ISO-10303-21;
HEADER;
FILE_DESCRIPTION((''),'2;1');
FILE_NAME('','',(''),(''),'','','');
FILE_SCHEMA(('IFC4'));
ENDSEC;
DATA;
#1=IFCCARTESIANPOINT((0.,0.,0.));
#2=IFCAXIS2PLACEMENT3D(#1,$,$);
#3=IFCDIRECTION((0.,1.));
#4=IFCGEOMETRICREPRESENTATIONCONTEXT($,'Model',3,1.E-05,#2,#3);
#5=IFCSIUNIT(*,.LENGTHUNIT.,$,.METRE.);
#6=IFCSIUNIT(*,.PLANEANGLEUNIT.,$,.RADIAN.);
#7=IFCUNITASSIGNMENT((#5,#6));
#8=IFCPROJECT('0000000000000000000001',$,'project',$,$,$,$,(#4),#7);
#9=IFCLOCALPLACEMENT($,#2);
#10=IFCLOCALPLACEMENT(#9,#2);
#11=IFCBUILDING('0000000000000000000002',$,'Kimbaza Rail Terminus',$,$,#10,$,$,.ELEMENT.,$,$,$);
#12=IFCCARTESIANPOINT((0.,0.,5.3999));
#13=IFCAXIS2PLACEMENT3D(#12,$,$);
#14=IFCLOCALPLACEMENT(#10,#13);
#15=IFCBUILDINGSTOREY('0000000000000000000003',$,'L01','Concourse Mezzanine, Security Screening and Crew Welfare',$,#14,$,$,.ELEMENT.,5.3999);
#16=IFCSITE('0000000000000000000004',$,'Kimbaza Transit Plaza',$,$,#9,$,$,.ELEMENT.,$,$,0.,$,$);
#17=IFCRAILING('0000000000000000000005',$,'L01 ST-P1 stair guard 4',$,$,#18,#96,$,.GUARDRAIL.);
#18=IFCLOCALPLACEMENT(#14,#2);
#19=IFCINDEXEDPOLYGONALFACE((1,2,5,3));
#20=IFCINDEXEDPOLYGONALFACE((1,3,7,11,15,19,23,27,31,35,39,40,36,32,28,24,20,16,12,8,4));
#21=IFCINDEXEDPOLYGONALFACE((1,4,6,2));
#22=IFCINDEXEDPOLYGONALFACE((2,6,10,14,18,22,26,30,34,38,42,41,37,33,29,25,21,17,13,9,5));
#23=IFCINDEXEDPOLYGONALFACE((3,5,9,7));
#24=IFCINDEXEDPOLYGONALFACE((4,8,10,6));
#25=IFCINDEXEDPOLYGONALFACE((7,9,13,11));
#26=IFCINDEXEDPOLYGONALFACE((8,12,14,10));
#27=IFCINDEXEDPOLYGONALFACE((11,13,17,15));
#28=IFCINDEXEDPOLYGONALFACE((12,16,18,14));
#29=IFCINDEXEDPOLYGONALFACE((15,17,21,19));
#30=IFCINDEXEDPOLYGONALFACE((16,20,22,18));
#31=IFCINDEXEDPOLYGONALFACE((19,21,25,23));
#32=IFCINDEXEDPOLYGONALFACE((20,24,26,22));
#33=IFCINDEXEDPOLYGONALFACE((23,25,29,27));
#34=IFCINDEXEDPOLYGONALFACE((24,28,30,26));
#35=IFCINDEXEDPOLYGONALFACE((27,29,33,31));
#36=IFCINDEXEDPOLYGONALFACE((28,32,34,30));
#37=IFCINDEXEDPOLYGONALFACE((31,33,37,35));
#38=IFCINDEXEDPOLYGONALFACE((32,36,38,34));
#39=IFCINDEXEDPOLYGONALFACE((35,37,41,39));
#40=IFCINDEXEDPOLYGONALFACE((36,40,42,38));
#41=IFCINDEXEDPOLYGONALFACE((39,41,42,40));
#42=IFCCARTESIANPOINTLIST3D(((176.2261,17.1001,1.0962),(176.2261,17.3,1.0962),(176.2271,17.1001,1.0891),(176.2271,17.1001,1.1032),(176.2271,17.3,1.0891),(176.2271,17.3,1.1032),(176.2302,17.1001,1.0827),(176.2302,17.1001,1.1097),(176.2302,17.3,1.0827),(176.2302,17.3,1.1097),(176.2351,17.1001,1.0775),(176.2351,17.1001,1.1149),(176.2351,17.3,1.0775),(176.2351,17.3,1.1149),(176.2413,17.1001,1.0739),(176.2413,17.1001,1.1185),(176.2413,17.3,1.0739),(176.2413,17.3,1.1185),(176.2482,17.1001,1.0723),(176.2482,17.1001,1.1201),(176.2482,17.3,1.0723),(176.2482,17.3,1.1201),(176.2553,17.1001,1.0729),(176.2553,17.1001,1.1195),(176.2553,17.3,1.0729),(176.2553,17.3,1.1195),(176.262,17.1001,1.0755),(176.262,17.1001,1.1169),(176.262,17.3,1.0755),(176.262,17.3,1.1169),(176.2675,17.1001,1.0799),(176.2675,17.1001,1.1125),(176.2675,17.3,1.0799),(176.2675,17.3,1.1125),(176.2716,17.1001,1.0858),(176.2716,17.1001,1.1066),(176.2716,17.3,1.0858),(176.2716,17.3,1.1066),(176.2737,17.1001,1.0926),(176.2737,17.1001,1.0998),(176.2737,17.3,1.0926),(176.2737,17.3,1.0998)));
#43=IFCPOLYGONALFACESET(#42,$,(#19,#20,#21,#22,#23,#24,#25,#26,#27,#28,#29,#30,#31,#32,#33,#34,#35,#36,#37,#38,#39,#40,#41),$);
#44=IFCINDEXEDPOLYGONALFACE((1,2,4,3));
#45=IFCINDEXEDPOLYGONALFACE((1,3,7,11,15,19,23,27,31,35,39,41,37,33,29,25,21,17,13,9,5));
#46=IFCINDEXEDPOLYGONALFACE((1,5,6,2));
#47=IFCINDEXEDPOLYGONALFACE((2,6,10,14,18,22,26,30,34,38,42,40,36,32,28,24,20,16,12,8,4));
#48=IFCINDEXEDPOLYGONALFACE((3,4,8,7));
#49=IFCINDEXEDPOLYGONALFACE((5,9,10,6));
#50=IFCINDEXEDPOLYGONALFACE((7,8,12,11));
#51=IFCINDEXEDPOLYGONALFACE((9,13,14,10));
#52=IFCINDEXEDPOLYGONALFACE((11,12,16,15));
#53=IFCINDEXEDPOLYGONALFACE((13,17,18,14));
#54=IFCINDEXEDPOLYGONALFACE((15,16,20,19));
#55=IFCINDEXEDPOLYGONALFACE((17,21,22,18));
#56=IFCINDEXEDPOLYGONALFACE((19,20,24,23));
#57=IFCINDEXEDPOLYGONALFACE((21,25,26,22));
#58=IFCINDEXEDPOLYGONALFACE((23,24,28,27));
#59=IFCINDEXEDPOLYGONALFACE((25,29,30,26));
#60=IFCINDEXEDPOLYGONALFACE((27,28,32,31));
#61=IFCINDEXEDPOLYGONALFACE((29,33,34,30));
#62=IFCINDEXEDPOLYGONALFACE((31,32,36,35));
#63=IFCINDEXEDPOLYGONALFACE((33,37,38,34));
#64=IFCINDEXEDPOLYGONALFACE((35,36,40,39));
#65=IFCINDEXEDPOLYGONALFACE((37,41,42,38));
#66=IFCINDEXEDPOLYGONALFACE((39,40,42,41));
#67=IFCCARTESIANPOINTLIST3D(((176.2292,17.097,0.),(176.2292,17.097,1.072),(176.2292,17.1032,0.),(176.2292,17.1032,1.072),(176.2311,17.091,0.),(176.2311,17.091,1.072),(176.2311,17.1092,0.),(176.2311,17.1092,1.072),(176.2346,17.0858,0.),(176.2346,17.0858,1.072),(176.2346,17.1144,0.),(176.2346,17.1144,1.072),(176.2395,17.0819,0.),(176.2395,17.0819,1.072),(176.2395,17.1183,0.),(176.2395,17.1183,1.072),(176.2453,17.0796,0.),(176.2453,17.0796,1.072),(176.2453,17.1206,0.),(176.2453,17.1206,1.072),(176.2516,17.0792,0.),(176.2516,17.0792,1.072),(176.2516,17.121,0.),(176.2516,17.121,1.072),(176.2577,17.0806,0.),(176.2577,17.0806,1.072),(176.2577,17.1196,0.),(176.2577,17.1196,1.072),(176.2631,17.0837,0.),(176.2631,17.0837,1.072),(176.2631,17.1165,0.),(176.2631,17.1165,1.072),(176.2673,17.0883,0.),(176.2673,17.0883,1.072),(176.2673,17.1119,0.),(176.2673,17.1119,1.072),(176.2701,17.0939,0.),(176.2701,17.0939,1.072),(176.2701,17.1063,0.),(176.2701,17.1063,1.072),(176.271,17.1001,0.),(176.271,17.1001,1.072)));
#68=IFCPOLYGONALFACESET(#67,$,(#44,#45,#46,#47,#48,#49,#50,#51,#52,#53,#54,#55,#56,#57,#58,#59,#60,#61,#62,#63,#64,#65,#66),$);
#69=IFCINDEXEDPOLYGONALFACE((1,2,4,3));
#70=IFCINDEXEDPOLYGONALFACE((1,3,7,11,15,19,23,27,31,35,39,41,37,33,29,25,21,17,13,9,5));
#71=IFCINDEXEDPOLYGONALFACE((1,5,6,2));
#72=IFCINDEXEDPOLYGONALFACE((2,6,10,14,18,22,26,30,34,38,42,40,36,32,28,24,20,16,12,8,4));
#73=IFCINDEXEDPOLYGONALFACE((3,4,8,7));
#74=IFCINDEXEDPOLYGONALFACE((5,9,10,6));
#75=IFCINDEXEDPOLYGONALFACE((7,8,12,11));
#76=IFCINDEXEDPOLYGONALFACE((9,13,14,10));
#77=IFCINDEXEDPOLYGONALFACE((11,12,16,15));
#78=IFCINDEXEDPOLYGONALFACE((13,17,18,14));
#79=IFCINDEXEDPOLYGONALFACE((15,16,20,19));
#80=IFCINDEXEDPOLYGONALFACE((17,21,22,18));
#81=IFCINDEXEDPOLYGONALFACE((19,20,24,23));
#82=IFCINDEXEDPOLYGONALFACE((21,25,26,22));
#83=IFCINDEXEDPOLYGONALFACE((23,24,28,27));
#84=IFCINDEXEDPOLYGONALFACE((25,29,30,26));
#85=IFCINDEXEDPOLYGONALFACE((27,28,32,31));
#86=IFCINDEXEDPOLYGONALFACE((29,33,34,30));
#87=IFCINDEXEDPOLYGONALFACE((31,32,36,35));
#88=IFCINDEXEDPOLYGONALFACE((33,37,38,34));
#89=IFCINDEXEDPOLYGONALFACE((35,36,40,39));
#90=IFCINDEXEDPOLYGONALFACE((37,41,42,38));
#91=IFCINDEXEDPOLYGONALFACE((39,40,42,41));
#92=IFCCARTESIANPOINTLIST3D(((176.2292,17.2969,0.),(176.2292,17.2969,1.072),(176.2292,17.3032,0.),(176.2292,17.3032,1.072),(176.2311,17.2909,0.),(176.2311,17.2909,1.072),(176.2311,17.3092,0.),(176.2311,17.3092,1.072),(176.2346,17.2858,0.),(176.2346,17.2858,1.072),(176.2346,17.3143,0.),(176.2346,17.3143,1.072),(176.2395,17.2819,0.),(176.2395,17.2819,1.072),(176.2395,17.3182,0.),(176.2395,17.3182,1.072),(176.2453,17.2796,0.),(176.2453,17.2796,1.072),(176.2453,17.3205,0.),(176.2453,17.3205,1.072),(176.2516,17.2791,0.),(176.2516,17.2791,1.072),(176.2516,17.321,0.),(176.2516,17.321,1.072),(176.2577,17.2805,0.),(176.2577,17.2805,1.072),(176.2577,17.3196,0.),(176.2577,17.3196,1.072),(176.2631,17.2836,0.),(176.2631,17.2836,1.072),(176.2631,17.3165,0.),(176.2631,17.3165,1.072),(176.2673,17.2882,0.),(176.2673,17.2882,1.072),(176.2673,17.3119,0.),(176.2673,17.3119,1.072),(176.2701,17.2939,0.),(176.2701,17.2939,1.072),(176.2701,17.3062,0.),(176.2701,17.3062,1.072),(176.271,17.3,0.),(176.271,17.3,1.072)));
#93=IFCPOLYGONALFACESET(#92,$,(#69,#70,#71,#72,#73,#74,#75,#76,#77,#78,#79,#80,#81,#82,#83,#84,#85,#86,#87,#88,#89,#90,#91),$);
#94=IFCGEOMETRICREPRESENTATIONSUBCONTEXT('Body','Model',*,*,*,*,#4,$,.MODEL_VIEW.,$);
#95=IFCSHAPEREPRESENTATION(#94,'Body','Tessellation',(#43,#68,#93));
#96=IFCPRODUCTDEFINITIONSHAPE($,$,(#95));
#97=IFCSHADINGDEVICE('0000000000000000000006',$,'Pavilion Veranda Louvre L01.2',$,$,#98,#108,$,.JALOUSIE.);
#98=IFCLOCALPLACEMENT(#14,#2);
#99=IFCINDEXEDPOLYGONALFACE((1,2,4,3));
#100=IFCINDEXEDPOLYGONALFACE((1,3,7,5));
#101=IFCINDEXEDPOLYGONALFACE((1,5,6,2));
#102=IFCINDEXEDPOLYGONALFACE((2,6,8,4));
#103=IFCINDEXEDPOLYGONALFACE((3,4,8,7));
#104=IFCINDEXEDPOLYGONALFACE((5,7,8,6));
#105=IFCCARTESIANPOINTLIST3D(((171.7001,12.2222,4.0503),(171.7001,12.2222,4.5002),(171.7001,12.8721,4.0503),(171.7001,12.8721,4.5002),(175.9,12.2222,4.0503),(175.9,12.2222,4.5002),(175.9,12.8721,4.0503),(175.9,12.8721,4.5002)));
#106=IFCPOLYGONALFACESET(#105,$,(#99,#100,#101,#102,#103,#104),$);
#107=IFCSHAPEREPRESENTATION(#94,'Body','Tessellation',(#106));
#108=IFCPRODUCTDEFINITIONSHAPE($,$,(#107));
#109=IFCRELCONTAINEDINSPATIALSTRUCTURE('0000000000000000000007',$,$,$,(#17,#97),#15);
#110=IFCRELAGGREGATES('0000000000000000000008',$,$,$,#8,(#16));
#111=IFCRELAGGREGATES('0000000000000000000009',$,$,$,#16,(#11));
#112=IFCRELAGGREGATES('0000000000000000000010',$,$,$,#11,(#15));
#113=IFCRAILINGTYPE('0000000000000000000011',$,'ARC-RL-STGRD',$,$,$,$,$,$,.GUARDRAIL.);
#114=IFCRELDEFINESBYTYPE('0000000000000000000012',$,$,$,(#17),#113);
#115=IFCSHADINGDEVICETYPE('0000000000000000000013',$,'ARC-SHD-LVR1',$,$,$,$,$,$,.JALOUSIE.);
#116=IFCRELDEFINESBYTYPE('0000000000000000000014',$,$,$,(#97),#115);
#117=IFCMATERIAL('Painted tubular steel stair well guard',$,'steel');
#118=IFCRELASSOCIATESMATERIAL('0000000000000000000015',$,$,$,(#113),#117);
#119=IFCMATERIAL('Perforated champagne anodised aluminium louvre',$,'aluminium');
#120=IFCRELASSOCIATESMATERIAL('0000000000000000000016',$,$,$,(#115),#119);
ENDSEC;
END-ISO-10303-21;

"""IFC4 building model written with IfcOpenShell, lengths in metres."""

from ifc_helpers import new_model, si_unit, direction, frame, origin, origin_2d, place, context, subcontext, project, spatial, rectangle, circle, extrude, material, type_object, element, save


model = new_model("IFC4")

# Units and contexts
model_context = context("Model", 3, precision=1e-05, world=origin(), true_north=direction((0.0, 1.0)))
body_context = subcontext(model_context, "Body", "Model", "MODEL_VIEW")
ifc_project = project(units=[si_unit("LENGTHUNIT", "METRE"), si_unit("PLANEANGLEUNIT", "RADIAN")], contexts=[model_context])

# Site, building, storey
site_placement = place(None, origin())
site = spatial("IfcSite", under=ifc_project, at=site_placement, Name="Kimbaza Transit Plaza", CompositionType="ELEMENT", RefElevation=0.0)
building_placement = place(site_placement, origin())
building = spatial("IfcBuilding", under=site, at=building_placement, Name="Kimbaza Rail Terminus", CompositionType="ELEMENT")
storey_placement = place(building_placement, frame((0.0, 0.0, 5.3999)))
storey = spatial("IfcBuildingStorey", under=building, at=storey_placement, Name="L01", Description="Concourse Mezzanine, Security Screening and Crew Welfare", CompositionType="ELEMENT", Elevation=5.3999)

# Railing
ifc_material_1 = material(Name="Painted tubular steel stair well guard", Category="steel")
railing_type_1 = type_object("IfcRailingType", Name="ARC-RL-STGRD", PredefinedType="GUARDRAIL", material=ifc_material_1)
railing_1_placement = place(storey_placement, frame((176.25, 17.1001, 0.0)))
element("IfcRailing", 1, at=railing_1_placement, inside=storey, type_object=railing_type_1, Name="L01 ST-P1 stair guard 4", PredefinedType="GUARDRAIL", context=body_context, shape_type="SweptSolid", body=[
    extrude(circle(Radius=0.0239, at=origin_2d()), frame((0.0, 0.0, 1.0962), z_axis=(0.0, 1.0, 0.0), x_axis=(-1.0, 0.0, 0.0)), (0.0, 0.0, 1.0), 0.2),
    extrude(circle(Radius=0.021, at=origin_2d()), origin(), (0.0, 0.0, 1.0), 1.072),
    extrude(circle(Radius=0.021, at=origin_2d()), frame((0.0, 0.2, 0.0)), (0.0, 0.0, 1.0), 1.072),
])

# Shading device
ifc_material_2 = material(Name="Perforated champagne anodised aluminium louvre", Category="aluminium")
shading_device_type = type_object("IfcShadingDeviceType", Name="ARC-SHD-LVR1", PredefinedType="JALOUSIE", material=ifc_material_2)
shading_device_placement = place(storey_placement, frame((173.8, 12.5471, 4.0503), z_axis=(0.0, 0.0, 1.0), x_axis=(1.0, 0.0, 0.0)))
element("IfcShadingDevice", 2, at=shading_device_placement, inside=storey, type_object=shading_device_type, Name="Pavilion Veranda Louvre L01.2", PredefinedType="JALOUSIE", context=body_context, shape_type="SweptSolid", body=[
    extrude(rectangle(XDim=4.2, YDim=0.6499, at=origin_2d()), origin(), (0.0, 0.0, 1.0), 0.45),
])

save(model, "model.ifc")
